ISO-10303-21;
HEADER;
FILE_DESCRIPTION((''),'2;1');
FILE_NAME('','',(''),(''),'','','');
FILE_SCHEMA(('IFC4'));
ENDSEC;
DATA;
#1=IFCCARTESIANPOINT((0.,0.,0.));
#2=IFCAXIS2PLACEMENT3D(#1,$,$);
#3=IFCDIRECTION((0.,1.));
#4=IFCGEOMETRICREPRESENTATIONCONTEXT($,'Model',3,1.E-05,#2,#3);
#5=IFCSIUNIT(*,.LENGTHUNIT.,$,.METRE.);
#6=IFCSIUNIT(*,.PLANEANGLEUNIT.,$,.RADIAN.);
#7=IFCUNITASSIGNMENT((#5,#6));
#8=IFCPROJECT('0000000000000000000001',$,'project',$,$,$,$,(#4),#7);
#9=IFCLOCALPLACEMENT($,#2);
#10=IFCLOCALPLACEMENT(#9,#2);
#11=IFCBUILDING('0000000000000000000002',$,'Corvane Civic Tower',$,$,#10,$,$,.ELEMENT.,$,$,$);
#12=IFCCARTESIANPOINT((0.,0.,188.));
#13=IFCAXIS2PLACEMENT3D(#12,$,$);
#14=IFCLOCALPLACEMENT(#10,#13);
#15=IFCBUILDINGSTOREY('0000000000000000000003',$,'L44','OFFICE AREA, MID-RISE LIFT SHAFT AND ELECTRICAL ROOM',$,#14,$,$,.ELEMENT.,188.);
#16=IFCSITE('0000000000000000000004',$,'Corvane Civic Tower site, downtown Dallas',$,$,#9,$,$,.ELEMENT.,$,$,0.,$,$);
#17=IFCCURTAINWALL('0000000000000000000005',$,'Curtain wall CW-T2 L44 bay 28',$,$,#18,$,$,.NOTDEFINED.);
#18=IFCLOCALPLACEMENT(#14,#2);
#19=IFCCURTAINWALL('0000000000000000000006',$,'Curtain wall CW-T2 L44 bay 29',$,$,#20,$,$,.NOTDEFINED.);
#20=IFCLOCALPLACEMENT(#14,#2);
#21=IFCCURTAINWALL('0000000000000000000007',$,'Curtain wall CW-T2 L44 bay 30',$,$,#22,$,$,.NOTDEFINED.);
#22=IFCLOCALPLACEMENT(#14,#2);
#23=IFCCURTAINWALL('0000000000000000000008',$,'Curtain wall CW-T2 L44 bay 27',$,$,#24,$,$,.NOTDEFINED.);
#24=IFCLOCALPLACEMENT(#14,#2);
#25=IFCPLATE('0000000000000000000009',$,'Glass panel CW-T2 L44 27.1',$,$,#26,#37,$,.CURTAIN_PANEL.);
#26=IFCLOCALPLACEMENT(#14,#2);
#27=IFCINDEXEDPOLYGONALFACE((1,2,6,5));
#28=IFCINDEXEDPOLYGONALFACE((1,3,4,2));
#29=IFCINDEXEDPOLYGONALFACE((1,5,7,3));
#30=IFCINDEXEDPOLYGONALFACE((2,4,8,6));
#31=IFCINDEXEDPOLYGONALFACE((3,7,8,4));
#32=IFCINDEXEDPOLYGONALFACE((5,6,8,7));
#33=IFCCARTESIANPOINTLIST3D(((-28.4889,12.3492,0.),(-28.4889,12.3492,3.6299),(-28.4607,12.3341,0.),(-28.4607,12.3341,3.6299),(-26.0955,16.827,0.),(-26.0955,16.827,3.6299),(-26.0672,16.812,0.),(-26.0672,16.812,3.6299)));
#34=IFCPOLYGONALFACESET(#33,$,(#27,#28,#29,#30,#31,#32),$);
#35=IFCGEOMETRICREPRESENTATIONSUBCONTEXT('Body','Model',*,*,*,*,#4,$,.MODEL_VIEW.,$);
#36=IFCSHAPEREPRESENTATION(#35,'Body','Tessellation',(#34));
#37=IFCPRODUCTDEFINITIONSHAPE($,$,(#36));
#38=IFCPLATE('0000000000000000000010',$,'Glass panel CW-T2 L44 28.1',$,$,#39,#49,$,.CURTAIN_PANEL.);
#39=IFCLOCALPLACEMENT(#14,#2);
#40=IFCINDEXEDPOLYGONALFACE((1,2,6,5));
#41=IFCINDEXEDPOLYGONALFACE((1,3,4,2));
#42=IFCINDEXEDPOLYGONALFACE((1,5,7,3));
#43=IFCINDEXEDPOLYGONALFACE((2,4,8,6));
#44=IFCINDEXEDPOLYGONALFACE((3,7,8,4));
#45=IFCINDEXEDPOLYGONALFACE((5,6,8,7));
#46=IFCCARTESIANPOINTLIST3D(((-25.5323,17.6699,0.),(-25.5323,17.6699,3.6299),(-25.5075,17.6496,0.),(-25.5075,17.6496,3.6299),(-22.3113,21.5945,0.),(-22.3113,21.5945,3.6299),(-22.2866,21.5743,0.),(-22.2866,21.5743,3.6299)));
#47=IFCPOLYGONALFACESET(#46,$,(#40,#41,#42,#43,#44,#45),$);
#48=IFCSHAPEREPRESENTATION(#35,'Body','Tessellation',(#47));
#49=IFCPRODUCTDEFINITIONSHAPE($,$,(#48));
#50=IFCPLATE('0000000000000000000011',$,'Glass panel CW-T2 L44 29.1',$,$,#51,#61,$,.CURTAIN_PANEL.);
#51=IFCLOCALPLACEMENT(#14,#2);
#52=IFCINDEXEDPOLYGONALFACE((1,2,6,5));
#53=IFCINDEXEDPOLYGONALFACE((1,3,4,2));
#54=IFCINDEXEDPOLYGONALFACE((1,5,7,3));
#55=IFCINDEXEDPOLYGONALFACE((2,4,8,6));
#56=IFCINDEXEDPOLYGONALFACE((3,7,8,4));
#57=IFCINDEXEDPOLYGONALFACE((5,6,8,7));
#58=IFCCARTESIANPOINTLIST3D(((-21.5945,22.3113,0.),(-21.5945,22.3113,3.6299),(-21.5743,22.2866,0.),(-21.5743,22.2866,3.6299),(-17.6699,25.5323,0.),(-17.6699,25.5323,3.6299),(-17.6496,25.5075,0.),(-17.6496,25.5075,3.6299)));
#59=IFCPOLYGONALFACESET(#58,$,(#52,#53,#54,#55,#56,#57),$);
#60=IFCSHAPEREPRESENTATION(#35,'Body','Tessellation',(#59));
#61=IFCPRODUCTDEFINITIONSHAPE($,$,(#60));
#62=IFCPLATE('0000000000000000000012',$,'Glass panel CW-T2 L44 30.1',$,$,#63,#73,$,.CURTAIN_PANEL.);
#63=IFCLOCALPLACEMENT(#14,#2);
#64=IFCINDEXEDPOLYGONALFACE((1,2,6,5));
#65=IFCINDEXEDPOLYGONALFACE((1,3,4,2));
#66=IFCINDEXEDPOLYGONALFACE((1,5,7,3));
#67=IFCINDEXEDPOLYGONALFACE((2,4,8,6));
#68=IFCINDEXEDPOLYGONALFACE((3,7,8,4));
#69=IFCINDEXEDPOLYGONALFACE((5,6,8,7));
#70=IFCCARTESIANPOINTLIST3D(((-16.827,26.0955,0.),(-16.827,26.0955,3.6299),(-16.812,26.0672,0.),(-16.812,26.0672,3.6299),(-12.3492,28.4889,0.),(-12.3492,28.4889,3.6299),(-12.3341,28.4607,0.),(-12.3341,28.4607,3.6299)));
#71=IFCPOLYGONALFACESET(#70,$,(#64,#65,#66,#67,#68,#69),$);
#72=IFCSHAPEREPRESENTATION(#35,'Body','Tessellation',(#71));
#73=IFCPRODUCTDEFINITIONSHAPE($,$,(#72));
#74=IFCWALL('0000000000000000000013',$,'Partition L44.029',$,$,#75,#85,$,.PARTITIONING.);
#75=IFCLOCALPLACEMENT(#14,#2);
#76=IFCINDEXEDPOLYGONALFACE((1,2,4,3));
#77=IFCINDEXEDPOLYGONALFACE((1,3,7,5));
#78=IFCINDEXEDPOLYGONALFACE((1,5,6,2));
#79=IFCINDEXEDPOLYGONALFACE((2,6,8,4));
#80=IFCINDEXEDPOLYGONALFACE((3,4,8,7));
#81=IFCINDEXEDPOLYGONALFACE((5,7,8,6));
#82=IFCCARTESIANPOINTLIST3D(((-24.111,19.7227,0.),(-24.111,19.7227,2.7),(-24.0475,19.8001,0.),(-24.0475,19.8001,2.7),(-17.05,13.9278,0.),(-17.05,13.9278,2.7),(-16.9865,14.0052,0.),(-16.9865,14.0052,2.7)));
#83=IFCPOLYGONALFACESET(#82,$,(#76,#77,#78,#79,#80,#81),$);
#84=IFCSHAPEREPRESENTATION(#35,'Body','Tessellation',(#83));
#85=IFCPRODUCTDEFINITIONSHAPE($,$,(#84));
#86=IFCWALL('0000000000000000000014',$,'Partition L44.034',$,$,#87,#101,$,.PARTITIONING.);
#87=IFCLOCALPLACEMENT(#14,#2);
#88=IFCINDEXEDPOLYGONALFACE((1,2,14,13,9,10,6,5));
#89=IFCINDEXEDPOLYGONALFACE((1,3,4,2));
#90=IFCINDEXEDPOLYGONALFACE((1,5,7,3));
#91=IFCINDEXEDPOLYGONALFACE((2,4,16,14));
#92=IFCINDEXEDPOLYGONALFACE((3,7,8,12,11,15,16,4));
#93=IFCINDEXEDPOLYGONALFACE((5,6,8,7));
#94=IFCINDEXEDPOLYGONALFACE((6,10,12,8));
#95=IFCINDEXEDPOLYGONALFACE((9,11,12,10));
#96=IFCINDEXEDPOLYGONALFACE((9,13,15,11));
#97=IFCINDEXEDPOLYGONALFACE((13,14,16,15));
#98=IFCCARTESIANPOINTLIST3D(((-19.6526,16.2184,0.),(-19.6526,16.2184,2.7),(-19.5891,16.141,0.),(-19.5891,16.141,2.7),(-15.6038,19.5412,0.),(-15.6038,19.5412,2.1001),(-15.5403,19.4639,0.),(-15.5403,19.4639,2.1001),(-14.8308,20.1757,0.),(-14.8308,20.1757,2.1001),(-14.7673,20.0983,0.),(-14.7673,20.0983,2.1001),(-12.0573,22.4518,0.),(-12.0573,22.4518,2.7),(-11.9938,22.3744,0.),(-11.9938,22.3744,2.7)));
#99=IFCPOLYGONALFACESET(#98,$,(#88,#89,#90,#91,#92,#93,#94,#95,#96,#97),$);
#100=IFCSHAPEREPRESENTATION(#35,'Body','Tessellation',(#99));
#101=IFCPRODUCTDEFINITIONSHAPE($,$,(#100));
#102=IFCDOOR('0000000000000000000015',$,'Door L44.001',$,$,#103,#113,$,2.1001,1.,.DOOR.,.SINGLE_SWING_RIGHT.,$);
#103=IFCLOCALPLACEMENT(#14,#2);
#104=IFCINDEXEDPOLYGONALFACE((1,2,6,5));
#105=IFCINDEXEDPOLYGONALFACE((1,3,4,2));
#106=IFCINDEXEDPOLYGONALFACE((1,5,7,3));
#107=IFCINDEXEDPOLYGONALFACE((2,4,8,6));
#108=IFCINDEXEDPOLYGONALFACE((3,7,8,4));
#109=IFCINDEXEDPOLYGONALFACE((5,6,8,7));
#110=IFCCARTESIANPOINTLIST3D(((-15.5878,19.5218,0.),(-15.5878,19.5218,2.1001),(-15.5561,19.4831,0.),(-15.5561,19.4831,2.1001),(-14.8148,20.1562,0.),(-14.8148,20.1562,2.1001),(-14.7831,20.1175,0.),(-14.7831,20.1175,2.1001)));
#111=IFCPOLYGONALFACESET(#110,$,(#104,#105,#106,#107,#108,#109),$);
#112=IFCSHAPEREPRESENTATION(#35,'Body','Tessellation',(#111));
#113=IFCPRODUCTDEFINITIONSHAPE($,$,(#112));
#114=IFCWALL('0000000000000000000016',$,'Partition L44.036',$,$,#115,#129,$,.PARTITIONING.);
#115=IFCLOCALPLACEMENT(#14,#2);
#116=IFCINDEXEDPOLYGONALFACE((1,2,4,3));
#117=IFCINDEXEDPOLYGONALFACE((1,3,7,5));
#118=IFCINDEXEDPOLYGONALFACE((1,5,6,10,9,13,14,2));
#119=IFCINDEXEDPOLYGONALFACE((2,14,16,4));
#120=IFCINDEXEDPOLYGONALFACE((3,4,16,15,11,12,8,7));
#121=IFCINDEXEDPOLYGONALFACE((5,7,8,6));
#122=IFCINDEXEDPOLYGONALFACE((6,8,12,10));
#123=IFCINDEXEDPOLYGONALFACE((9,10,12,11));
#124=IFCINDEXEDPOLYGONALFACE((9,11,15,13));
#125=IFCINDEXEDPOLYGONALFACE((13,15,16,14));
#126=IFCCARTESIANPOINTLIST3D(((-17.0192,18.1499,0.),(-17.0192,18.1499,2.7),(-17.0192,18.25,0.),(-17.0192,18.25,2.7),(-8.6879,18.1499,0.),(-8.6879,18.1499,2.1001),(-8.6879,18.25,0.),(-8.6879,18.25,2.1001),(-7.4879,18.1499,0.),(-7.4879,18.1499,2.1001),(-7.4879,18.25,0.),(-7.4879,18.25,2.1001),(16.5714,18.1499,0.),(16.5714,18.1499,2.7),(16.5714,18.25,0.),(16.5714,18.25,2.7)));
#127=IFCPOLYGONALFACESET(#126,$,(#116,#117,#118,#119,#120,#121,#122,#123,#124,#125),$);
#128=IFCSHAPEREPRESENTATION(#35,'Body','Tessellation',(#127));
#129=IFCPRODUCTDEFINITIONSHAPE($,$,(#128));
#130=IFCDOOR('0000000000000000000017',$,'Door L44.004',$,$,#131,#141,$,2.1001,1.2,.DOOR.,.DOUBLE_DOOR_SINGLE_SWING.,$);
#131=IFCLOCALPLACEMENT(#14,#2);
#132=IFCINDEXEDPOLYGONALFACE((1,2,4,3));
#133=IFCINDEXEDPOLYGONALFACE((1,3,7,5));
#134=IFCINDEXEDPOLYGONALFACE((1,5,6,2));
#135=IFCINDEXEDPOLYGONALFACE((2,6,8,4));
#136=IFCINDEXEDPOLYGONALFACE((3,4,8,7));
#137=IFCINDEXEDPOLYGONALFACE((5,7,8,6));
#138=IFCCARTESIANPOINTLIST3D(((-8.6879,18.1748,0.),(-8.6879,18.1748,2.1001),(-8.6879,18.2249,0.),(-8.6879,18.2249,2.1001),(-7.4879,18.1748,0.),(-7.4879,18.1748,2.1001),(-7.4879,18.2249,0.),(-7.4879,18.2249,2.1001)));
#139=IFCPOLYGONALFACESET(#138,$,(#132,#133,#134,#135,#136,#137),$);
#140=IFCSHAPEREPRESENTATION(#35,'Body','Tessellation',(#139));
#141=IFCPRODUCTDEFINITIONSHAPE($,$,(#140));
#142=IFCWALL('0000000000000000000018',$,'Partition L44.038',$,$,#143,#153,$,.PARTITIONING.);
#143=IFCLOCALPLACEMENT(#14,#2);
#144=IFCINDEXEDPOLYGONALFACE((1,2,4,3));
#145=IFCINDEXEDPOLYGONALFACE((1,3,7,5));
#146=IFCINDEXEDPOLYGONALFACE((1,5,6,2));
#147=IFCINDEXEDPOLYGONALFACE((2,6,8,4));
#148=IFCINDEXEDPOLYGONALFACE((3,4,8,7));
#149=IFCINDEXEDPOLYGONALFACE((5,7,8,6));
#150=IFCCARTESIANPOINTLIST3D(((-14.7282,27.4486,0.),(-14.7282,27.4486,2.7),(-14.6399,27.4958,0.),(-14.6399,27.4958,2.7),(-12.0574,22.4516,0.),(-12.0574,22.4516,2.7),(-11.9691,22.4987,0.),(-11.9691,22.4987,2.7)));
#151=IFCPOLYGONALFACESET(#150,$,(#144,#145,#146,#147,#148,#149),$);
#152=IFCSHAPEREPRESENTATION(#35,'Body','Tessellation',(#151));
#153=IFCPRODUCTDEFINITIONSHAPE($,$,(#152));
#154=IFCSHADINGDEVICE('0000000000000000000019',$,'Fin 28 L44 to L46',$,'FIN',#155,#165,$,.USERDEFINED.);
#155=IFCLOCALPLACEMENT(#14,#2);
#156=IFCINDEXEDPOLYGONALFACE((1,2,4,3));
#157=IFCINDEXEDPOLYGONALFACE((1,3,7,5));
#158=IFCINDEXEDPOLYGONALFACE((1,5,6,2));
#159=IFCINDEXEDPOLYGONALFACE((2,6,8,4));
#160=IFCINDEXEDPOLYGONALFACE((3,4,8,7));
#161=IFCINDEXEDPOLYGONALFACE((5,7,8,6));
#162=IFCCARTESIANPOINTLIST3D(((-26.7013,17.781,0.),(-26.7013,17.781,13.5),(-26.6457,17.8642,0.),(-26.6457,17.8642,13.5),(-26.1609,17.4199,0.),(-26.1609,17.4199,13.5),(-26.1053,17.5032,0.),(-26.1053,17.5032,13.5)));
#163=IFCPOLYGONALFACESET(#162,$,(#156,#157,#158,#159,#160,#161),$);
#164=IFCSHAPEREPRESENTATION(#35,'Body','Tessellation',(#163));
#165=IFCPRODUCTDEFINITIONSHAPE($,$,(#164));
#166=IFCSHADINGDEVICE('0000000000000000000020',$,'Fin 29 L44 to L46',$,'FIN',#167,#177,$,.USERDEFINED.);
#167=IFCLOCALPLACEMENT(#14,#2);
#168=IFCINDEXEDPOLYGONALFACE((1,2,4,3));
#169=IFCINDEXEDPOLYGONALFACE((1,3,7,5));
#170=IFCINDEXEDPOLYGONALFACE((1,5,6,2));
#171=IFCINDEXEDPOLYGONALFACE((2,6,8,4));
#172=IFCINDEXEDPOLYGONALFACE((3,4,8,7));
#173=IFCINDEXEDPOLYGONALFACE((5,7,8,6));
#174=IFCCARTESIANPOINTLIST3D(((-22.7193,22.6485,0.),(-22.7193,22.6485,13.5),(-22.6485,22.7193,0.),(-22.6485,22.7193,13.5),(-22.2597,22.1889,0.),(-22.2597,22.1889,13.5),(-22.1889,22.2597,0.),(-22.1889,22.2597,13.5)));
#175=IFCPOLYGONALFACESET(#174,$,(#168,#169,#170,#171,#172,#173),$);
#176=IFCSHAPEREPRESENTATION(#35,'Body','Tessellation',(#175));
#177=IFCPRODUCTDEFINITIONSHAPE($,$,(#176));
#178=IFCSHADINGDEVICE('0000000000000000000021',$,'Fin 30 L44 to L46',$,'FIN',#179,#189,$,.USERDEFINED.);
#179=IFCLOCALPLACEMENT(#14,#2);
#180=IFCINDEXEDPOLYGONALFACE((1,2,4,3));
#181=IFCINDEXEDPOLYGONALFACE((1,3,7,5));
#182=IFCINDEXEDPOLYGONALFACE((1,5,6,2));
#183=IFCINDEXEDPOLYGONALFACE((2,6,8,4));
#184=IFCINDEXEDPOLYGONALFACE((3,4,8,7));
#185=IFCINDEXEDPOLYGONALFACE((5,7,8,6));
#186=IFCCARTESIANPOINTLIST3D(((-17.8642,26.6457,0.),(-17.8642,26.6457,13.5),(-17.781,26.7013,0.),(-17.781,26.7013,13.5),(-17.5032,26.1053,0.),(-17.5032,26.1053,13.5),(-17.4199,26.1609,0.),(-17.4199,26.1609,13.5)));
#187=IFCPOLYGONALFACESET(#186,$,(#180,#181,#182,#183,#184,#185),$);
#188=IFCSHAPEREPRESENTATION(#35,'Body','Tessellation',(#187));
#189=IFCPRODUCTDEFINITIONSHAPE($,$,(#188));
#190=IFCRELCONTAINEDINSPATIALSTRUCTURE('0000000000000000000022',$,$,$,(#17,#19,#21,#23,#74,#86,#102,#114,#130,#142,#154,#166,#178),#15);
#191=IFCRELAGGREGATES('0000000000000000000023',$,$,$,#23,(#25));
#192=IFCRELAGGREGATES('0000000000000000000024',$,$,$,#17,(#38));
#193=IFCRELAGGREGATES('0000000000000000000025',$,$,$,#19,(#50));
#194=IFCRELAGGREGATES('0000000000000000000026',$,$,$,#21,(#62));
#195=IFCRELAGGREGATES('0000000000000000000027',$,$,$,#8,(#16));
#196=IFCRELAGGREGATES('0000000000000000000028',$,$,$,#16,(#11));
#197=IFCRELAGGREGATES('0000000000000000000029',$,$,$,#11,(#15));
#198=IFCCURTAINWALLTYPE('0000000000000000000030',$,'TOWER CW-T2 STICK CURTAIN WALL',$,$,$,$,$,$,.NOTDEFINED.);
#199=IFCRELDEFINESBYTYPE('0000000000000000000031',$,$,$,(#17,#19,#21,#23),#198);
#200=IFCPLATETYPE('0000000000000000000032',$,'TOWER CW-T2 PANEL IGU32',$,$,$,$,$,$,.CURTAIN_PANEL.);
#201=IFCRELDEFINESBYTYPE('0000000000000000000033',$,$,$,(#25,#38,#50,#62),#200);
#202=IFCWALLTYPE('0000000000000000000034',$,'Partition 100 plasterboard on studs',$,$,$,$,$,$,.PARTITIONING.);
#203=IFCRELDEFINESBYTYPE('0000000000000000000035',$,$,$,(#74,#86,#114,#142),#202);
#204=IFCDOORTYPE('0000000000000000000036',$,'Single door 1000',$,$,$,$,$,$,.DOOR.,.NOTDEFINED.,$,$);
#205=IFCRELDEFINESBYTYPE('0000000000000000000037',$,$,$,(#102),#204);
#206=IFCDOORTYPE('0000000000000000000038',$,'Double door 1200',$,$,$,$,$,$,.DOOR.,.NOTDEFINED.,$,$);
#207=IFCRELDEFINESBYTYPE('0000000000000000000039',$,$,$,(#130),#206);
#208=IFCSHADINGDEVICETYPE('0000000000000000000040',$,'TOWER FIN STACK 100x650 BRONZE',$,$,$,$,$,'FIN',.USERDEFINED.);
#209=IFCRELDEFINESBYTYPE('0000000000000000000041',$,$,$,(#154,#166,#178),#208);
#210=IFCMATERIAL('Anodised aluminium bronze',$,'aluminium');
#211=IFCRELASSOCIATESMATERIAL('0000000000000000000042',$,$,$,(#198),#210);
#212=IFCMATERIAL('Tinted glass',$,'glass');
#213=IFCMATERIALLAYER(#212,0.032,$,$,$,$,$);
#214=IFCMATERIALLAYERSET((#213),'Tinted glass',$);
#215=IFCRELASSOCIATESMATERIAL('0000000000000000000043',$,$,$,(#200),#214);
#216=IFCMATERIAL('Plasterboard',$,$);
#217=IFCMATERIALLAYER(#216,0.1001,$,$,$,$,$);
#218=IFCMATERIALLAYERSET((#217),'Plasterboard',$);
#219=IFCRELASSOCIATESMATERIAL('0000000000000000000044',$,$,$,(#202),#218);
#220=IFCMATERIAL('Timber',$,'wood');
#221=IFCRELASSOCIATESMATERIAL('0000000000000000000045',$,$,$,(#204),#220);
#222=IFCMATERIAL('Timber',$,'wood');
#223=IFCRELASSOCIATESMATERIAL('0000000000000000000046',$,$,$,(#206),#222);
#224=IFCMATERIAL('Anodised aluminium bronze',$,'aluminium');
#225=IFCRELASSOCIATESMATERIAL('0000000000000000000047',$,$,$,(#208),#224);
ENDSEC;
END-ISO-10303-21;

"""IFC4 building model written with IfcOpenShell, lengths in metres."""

from ifc_helpers import new_model, si_unit, direction, frame, frame_2d, origin, origin_2d, place, context, subcontext, project, spatial, rectangle, extrude, material, layer, layer_set, material_profile, profile_set, type_object, element, fill, aggregate, save


model = new_model("IFC4")

# Units and contexts
model_context = context("Model", 3, precision=1e-05, world=origin(), true_north=direction((0.0, 1.0)))
body_context = subcontext(model_context, "Body", "Model", "MODEL_VIEW")
ifc_project = project(units=[si_unit("LENGTHUNIT", "METRE"), si_unit("PLANEANGLEUNIT", "RADIAN")], contexts=[model_context])

# Site, building, storey
site_placement = place(None, origin())
site = spatial("IfcSite", under=ifc_project, at=site_placement, Name="Corvane Civic Tower site, downtown Dallas", CompositionType="ELEMENT", RefElevation=0.0)
building_placement = place(site_placement, origin())
building = spatial("IfcBuilding", under=site, at=building_placement, Name="Corvane Civic Tower", CompositionType="ELEMENT")
storey_placement = place(building_placement, frame((0.0, 0.0, 188.0)))
storey = spatial("IfcBuildingStorey", under=building, at=storey_placement, Name="L44", Description="OFFICE AREA, MID-RISE LIFT SHAFT AND ELECTRICAL ROOM", CompositionType="ELEMENT", Elevation=188.0)

# Curtain walls
ifc_material_1 = material(Name="Anodised aluminium bronze", Category="aluminium")
curtain_wall_type = type_object("IfcCurtainWallType", Name="TOWER CW-T2 STICK CURTAIN WALL", PredefinedType="NOTDEFINED", material=ifc_material_1)
curtain_wall_1_placement = place(storey_placement, origin())
curtain_wall_1 = element("IfcCurtainWall", 1, at=curtain_wall_1_placement, inside=storey, type_object=curtain_wall_type, Name="Curtain wall CW-T2 L44 bay 28", PredefinedType="NOTDEFINED")
curtain_wall_2_placement = place(storey_placement, origin())
curtain_wall_2 = element("IfcCurtainWall", 2, at=curtain_wall_2_placement, inside=storey, type_object=curtain_wall_type, Name="Curtain wall CW-T2 L44 bay 29", PredefinedType="NOTDEFINED")
curtain_wall_3_placement = place(storey_placement, origin())
curtain_wall_3 = element("IfcCurtainWall", 3, at=curtain_wall_3_placement, inside=storey, type_object=curtain_wall_type, Name="Curtain wall CW-T2 L44 bay 30", PredefinedType="NOTDEFINED")

# Curtain wall, plate
curtain_wall_4_placement = place(storey_placement, origin())
curtain_wall_4 = element("IfcCurtainWall", 4, at=curtain_wall_4_placement, inside=storey, type_object=curtain_wall_type, Name="Curtain wall CW-T2 L44 bay 27", PredefinedType="NOTDEFINED")
ifc_material_2 = material(Name="Tinted glass", Category="glass")
ifc_layer_1 = layer(ifc_material_2, 0.032)
ifc_layer_set_1 = layer_set([ifc_layer_1], Name="Tinted glass")
plate_type = type_object("IfcPlateType", Name="TOWER CW-T2 PANEL IGU32", PredefinedType="CURTAIN_PANEL", material=ifc_layer_set_1)
plate_1_placement = place(storey_placement, frame((-27.2781, 14.5806, 0.0), z_axis=(0.0, 0.0, 1.0), x_axis=(0.471395, 0.881922, 0.0)))
plate_1 = element("IfcPlate", 5, at=plate_1_placement, type_object=plate_type, Name="Glass panel CW-T2 L44 27.1", PredefinedType="CURTAIN_PANEL", context=body_context, shape_type="SweptSolid", body=[
    extrude(rectangle(XDim=5.0774, YDim=0.032, at=origin_2d()), origin(), (0.0, 0.0, 1.0), 3.6299),
])
aggregate(curtain_wall_4, [plate_1])

# Plates
plate_2_placement = place(storey_placement, frame((-23.9094, 19.6221, 0.0), z_axis=(0.0, 0.0, 1.0), x_axis=(0.6344, 0.773005, 0.0)))
plate_2 = element("IfcPlate", 6, at=plate_2_placement, type_object=plate_type, Name="Glass panel CW-T2 L44 28.1", PredefinedType="CURTAIN_PANEL", context=body_context, shape_type="SweptSolid", body=[
    extrude(rectangle(XDim=5.0771, YDim=0.032, at=origin_2d()), origin(), (0.0, 0.0, 1.0), 3.6299),
])
aggregate(curtain_wall_1, [plate_2])
plate_3_placement = place(storey_placement, frame((-19.6221, 23.9094, 0.0), z_axis=(0.0, 0.0, 1.0), x_axis=(0.773005, 0.6344, 0.0)))
plate_3 = element("IfcPlate", 7, at=plate_3_placement, type_object=plate_type, Name="Glass panel CW-T2 L44 29.1", PredefinedType="CURTAIN_PANEL", context=body_context, shape_type="SweptSolid", body=[
    extrude(rectangle(XDim=5.0771, YDim=0.032, at=origin_2d()), origin(), (0.0, 0.0, 1.0), 3.6299),
])
aggregate(curtain_wall_2, [plate_3])
plate_4_placement = place(storey_placement, frame((-14.5806, 27.2781, 0.0), z_axis=(0.0, 0.0, 1.0), x_axis=(0.881922, 0.471395, 0.0)))
plate_4 = element("IfcPlate", 8, at=plate_4_placement, type_object=plate_type, Name="Glass panel CW-T2 L44 30.1", PredefinedType="CURTAIN_PANEL", context=body_context, shape_type="SweptSolid", body=[
    extrude(rectangle(XDim=5.0774, YDim=0.032, at=origin_2d()), origin(), (0.0, 0.0, 1.0), 3.6299),
])
aggregate(curtain_wall_3, [plate_4])

# Wall
ifc_material_3 = material(Name="Plasterboard")
ifc_layer_2 = layer(ifc_material_3, 0.1001)
ifc_layer_set_2 = layer_set([ifc_layer_2], Name="Plasterboard")
wall_type = type_object("IfcWallType", Name="Partition 100 plasterboard on studs", PredefinedType="PARTITIONING", material=ifc_layer_set_2)
wall_1_placement = place(storey_placement, frame((-24.0793, 19.7615, 0.0), z_axis=(0.0, 0.0, 1.0), x_axis=(0.773006, -0.634399, 0.0)))
element("IfcWall", 9, at=wall_1_placement, inside=storey, type_object=wall_type, Name="Partition L44.029", PredefinedType="PARTITIONING", context=body_context, shape_type="SweptSolid", body=[
    extrude(rectangle(XDim=9.1345, YDim=0.1001, at=frame_2d((4.5674, 0.0))), origin(), (0.0, 0.0, 1.0), 2.7),
])

# Walls, openings, doors
wall_2_placement = place(storey_placement, frame((-19.6208, 16.1797, 0.0), z_axis=(0.0, 0.0, 1.0), x_axis=(0.773002, 0.634403, 0.0)))
wall_2 = element("IfcWall", 10, at=wall_2_placement, inside=storey, type_object=wall_type, Name="Partition L44.034", PredefinedType="PARTITIONING", context=body_context, shape_type="SweptSolid", body=[
    extrude(rectangle(XDim=9.8257, YDim=0.1001, at=frame_2d((4.9128, 0.0))), origin(), (0.0, 0.0, 1.0), 2.7),
])
opening_1_placement = place(wall_2_placement, frame((5.2378, 0.0, 0.0)))
opening_1 = element("IfcOpeningElement", 11, at=opening_1_placement, cuts=wall_2, PredefinedType="OPENING", context=body_context, shape_type="SweptSolid", body=[
    extrude(rectangle(XDim=1.0, YDim=2.1001, at=frame_2d((0.5, 1.05))), frame((0.0, 0.0601, 0.0), z_axis=(0.0, -1.0, 0.0), x_axis=(1.0, 0.0, 0.0)), (0.0, 0.0, 1.0), 0.1201),
])
ifc_material_4 = material(Name="Timber", Category="wood")
door_type_1 = type_object("IfcDoorType", Name="Single door 1000", OperationType="NOTDEFINED", PredefinedType="DOOR", material=ifc_material_4)
door_1_placement = place(opening_1_placement, origin())
door_1 = element("IfcDoor", 12, at=door_1_placement, inside=storey, type_object=door_type_1, Name="Door L44.001", OperationType="SINGLE_SWING_RIGHT", OverallHeight=2.1001, OverallWidth=1.0, PredefinedType="DOOR", context=body_context, shape_type="SweptSolid", body=[
    extrude(rectangle(XDim=1.0, YDim=2.1001, at=frame_2d((0.5, 1.05))), frame((0.0, 0.0249, 0.0), z_axis=(0.0, -1.0, 0.0), x_axis=(1.0, 0.0, 0.0)), (0.0, 0.0, 1.0), 0.05),
])
fill(opening_1, door_1)
wall_3_placement = place(storey_placement, frame((-17.0193, 18.2, 0.0), z_axis=(0.0, 0.0, 1.0), x_axis=(1.0, 0.0, 0.0)))
wall_3 = element("IfcWall", 13, at=wall_3_placement, inside=storey, type_object=wall_type, Name="Partition L44.036", PredefinedType="PARTITIONING", context=body_context, shape_type="SweptSolid", body=[
    extrude(rectangle(XDim=33.5906, YDim=0.1001, at=frame_2d((16.7954, 0.0))), origin(), (0.0, 0.0, 1.0), 2.7),
])
opening_2_placement = place(wall_3_placement, frame((8.3313, 0.0, 0.0)))
opening_2 = element("IfcOpeningElement", 14, at=opening_2_placement, cuts=wall_3, PredefinedType="OPENING", context=body_context, shape_type="SweptSolid", body=[
    extrude(rectangle(XDim=1.2, YDim=2.1001, at=frame_2d((0.6001, 1.05))), frame((0.0, 0.0601, 0.0), z_axis=(0.0, -1.0, 0.0), x_axis=(1.0, 0.0, 0.0)), (0.0, 0.0, 1.0), 0.1201),
])
ifc_material_5 = material(Name="Timber", Category="wood")
door_type_2 = type_object("IfcDoorType", Name="Double door 1200", OperationType="NOTDEFINED", PredefinedType="DOOR", material=ifc_material_5)
door_2_placement = place(opening_2_placement, origin())
door_2 = element("IfcDoor", 15, at=door_2_placement, inside=storey, type_object=door_type_2, Name="Door L44.004", OperationType="DOUBLE_DOOR_SINGLE_SWING", OverallHeight=2.1001, OverallWidth=1.2, PredefinedType="DOOR", context=body_context, shape_type="SweptSolid", body=[
    extrude(rectangle(XDim=1.2, YDim=2.1001, at=frame_2d((0.6001, 1.05))), frame((0.0, 0.0249, 0.0), z_axis=(0.0, -1.0, 0.0), x_axis=(1.0, 0.0, 0.0)), (0.0, 0.0, 1.0), 0.05),
])
fill(opening_2, door_2)

# Wall
wall_4_placement = place(storey_placement, frame((-14.6841, 27.4722, 0.0), z_axis=(0.0, 0.0, 1.0), x_axis=(0.471384, -0.881928, 0.0)))
element("IfcWall", 16, at=wall_4_placement, inside=storey, type_object=wall_type, Name="Partition L44.038", PredefinedType="PARTITIONING", context=body_context, shape_type="SweptSolid", body=[
    extrude(rectangle(XDim=5.666, YDim=0.1001, at=frame_2d((2.833, 0.0))), origin(), (0.0, 0.0, 1.0), 2.7),
])

# Shading devices
ifc_material_6 = material(Name="Anodised aluminium bronze", Category="aluminium")
ifc_material_profile_1 = material_profile(ifc_material_6, rectangle(XDim=0.1001, YDim=0.6499, at=origin_2d()), Name="TOWER FIN STACK 100x650 BRONZE")
ifc_profile_set_1 = profile_set([ifc_material_profile_1], Name="Anodised aluminium bronze")
shading_device_type = type_object("IfcShadingDeviceType", Name="TOWER FIN STACK 100x650 BRONZE", ElementType="FIN", PredefinedType="USERDEFINED", material=ifc_profile_set_1)
for number, where, z_axis, x_axis, name in (
    (17, (-26.4033, 17.6421, 0.0), (0.0, 0.0, 1.0), (0.55557, 0.83147, 0.0), "Fin 28 L44 to L46"),
    (18, (-22.4541, 22.4541, 0.0), (0.0, 0.0, 1.0), (0.707107, 0.707107, 0.0), "Fin 29 L44 to L46"),
    (19, (-17.6421, 26.4033, 0.0), (0.0, 0.0, 1.0), (0.83147, 0.55557, 0.0), "Fin 30 L44 to L46"),
):
    element("IfcShadingDevice", number, at=place(storey_placement, frame(where, z_axis=z_axis, x_axis=x_axis)), inside=storey, type_object=shading_device_type, Name=name, ObjectType="FIN", PredefinedType="USERDEFINED", context=body_context, shape_type="SweptSolid", body=[
        extrude(rectangle(XDim=0.1001, YDim=0.6499, at=origin_2d()), origin(), (0.0, 0.0, 1.0), 13.5),
    ])

save(model, "model.ifc")
